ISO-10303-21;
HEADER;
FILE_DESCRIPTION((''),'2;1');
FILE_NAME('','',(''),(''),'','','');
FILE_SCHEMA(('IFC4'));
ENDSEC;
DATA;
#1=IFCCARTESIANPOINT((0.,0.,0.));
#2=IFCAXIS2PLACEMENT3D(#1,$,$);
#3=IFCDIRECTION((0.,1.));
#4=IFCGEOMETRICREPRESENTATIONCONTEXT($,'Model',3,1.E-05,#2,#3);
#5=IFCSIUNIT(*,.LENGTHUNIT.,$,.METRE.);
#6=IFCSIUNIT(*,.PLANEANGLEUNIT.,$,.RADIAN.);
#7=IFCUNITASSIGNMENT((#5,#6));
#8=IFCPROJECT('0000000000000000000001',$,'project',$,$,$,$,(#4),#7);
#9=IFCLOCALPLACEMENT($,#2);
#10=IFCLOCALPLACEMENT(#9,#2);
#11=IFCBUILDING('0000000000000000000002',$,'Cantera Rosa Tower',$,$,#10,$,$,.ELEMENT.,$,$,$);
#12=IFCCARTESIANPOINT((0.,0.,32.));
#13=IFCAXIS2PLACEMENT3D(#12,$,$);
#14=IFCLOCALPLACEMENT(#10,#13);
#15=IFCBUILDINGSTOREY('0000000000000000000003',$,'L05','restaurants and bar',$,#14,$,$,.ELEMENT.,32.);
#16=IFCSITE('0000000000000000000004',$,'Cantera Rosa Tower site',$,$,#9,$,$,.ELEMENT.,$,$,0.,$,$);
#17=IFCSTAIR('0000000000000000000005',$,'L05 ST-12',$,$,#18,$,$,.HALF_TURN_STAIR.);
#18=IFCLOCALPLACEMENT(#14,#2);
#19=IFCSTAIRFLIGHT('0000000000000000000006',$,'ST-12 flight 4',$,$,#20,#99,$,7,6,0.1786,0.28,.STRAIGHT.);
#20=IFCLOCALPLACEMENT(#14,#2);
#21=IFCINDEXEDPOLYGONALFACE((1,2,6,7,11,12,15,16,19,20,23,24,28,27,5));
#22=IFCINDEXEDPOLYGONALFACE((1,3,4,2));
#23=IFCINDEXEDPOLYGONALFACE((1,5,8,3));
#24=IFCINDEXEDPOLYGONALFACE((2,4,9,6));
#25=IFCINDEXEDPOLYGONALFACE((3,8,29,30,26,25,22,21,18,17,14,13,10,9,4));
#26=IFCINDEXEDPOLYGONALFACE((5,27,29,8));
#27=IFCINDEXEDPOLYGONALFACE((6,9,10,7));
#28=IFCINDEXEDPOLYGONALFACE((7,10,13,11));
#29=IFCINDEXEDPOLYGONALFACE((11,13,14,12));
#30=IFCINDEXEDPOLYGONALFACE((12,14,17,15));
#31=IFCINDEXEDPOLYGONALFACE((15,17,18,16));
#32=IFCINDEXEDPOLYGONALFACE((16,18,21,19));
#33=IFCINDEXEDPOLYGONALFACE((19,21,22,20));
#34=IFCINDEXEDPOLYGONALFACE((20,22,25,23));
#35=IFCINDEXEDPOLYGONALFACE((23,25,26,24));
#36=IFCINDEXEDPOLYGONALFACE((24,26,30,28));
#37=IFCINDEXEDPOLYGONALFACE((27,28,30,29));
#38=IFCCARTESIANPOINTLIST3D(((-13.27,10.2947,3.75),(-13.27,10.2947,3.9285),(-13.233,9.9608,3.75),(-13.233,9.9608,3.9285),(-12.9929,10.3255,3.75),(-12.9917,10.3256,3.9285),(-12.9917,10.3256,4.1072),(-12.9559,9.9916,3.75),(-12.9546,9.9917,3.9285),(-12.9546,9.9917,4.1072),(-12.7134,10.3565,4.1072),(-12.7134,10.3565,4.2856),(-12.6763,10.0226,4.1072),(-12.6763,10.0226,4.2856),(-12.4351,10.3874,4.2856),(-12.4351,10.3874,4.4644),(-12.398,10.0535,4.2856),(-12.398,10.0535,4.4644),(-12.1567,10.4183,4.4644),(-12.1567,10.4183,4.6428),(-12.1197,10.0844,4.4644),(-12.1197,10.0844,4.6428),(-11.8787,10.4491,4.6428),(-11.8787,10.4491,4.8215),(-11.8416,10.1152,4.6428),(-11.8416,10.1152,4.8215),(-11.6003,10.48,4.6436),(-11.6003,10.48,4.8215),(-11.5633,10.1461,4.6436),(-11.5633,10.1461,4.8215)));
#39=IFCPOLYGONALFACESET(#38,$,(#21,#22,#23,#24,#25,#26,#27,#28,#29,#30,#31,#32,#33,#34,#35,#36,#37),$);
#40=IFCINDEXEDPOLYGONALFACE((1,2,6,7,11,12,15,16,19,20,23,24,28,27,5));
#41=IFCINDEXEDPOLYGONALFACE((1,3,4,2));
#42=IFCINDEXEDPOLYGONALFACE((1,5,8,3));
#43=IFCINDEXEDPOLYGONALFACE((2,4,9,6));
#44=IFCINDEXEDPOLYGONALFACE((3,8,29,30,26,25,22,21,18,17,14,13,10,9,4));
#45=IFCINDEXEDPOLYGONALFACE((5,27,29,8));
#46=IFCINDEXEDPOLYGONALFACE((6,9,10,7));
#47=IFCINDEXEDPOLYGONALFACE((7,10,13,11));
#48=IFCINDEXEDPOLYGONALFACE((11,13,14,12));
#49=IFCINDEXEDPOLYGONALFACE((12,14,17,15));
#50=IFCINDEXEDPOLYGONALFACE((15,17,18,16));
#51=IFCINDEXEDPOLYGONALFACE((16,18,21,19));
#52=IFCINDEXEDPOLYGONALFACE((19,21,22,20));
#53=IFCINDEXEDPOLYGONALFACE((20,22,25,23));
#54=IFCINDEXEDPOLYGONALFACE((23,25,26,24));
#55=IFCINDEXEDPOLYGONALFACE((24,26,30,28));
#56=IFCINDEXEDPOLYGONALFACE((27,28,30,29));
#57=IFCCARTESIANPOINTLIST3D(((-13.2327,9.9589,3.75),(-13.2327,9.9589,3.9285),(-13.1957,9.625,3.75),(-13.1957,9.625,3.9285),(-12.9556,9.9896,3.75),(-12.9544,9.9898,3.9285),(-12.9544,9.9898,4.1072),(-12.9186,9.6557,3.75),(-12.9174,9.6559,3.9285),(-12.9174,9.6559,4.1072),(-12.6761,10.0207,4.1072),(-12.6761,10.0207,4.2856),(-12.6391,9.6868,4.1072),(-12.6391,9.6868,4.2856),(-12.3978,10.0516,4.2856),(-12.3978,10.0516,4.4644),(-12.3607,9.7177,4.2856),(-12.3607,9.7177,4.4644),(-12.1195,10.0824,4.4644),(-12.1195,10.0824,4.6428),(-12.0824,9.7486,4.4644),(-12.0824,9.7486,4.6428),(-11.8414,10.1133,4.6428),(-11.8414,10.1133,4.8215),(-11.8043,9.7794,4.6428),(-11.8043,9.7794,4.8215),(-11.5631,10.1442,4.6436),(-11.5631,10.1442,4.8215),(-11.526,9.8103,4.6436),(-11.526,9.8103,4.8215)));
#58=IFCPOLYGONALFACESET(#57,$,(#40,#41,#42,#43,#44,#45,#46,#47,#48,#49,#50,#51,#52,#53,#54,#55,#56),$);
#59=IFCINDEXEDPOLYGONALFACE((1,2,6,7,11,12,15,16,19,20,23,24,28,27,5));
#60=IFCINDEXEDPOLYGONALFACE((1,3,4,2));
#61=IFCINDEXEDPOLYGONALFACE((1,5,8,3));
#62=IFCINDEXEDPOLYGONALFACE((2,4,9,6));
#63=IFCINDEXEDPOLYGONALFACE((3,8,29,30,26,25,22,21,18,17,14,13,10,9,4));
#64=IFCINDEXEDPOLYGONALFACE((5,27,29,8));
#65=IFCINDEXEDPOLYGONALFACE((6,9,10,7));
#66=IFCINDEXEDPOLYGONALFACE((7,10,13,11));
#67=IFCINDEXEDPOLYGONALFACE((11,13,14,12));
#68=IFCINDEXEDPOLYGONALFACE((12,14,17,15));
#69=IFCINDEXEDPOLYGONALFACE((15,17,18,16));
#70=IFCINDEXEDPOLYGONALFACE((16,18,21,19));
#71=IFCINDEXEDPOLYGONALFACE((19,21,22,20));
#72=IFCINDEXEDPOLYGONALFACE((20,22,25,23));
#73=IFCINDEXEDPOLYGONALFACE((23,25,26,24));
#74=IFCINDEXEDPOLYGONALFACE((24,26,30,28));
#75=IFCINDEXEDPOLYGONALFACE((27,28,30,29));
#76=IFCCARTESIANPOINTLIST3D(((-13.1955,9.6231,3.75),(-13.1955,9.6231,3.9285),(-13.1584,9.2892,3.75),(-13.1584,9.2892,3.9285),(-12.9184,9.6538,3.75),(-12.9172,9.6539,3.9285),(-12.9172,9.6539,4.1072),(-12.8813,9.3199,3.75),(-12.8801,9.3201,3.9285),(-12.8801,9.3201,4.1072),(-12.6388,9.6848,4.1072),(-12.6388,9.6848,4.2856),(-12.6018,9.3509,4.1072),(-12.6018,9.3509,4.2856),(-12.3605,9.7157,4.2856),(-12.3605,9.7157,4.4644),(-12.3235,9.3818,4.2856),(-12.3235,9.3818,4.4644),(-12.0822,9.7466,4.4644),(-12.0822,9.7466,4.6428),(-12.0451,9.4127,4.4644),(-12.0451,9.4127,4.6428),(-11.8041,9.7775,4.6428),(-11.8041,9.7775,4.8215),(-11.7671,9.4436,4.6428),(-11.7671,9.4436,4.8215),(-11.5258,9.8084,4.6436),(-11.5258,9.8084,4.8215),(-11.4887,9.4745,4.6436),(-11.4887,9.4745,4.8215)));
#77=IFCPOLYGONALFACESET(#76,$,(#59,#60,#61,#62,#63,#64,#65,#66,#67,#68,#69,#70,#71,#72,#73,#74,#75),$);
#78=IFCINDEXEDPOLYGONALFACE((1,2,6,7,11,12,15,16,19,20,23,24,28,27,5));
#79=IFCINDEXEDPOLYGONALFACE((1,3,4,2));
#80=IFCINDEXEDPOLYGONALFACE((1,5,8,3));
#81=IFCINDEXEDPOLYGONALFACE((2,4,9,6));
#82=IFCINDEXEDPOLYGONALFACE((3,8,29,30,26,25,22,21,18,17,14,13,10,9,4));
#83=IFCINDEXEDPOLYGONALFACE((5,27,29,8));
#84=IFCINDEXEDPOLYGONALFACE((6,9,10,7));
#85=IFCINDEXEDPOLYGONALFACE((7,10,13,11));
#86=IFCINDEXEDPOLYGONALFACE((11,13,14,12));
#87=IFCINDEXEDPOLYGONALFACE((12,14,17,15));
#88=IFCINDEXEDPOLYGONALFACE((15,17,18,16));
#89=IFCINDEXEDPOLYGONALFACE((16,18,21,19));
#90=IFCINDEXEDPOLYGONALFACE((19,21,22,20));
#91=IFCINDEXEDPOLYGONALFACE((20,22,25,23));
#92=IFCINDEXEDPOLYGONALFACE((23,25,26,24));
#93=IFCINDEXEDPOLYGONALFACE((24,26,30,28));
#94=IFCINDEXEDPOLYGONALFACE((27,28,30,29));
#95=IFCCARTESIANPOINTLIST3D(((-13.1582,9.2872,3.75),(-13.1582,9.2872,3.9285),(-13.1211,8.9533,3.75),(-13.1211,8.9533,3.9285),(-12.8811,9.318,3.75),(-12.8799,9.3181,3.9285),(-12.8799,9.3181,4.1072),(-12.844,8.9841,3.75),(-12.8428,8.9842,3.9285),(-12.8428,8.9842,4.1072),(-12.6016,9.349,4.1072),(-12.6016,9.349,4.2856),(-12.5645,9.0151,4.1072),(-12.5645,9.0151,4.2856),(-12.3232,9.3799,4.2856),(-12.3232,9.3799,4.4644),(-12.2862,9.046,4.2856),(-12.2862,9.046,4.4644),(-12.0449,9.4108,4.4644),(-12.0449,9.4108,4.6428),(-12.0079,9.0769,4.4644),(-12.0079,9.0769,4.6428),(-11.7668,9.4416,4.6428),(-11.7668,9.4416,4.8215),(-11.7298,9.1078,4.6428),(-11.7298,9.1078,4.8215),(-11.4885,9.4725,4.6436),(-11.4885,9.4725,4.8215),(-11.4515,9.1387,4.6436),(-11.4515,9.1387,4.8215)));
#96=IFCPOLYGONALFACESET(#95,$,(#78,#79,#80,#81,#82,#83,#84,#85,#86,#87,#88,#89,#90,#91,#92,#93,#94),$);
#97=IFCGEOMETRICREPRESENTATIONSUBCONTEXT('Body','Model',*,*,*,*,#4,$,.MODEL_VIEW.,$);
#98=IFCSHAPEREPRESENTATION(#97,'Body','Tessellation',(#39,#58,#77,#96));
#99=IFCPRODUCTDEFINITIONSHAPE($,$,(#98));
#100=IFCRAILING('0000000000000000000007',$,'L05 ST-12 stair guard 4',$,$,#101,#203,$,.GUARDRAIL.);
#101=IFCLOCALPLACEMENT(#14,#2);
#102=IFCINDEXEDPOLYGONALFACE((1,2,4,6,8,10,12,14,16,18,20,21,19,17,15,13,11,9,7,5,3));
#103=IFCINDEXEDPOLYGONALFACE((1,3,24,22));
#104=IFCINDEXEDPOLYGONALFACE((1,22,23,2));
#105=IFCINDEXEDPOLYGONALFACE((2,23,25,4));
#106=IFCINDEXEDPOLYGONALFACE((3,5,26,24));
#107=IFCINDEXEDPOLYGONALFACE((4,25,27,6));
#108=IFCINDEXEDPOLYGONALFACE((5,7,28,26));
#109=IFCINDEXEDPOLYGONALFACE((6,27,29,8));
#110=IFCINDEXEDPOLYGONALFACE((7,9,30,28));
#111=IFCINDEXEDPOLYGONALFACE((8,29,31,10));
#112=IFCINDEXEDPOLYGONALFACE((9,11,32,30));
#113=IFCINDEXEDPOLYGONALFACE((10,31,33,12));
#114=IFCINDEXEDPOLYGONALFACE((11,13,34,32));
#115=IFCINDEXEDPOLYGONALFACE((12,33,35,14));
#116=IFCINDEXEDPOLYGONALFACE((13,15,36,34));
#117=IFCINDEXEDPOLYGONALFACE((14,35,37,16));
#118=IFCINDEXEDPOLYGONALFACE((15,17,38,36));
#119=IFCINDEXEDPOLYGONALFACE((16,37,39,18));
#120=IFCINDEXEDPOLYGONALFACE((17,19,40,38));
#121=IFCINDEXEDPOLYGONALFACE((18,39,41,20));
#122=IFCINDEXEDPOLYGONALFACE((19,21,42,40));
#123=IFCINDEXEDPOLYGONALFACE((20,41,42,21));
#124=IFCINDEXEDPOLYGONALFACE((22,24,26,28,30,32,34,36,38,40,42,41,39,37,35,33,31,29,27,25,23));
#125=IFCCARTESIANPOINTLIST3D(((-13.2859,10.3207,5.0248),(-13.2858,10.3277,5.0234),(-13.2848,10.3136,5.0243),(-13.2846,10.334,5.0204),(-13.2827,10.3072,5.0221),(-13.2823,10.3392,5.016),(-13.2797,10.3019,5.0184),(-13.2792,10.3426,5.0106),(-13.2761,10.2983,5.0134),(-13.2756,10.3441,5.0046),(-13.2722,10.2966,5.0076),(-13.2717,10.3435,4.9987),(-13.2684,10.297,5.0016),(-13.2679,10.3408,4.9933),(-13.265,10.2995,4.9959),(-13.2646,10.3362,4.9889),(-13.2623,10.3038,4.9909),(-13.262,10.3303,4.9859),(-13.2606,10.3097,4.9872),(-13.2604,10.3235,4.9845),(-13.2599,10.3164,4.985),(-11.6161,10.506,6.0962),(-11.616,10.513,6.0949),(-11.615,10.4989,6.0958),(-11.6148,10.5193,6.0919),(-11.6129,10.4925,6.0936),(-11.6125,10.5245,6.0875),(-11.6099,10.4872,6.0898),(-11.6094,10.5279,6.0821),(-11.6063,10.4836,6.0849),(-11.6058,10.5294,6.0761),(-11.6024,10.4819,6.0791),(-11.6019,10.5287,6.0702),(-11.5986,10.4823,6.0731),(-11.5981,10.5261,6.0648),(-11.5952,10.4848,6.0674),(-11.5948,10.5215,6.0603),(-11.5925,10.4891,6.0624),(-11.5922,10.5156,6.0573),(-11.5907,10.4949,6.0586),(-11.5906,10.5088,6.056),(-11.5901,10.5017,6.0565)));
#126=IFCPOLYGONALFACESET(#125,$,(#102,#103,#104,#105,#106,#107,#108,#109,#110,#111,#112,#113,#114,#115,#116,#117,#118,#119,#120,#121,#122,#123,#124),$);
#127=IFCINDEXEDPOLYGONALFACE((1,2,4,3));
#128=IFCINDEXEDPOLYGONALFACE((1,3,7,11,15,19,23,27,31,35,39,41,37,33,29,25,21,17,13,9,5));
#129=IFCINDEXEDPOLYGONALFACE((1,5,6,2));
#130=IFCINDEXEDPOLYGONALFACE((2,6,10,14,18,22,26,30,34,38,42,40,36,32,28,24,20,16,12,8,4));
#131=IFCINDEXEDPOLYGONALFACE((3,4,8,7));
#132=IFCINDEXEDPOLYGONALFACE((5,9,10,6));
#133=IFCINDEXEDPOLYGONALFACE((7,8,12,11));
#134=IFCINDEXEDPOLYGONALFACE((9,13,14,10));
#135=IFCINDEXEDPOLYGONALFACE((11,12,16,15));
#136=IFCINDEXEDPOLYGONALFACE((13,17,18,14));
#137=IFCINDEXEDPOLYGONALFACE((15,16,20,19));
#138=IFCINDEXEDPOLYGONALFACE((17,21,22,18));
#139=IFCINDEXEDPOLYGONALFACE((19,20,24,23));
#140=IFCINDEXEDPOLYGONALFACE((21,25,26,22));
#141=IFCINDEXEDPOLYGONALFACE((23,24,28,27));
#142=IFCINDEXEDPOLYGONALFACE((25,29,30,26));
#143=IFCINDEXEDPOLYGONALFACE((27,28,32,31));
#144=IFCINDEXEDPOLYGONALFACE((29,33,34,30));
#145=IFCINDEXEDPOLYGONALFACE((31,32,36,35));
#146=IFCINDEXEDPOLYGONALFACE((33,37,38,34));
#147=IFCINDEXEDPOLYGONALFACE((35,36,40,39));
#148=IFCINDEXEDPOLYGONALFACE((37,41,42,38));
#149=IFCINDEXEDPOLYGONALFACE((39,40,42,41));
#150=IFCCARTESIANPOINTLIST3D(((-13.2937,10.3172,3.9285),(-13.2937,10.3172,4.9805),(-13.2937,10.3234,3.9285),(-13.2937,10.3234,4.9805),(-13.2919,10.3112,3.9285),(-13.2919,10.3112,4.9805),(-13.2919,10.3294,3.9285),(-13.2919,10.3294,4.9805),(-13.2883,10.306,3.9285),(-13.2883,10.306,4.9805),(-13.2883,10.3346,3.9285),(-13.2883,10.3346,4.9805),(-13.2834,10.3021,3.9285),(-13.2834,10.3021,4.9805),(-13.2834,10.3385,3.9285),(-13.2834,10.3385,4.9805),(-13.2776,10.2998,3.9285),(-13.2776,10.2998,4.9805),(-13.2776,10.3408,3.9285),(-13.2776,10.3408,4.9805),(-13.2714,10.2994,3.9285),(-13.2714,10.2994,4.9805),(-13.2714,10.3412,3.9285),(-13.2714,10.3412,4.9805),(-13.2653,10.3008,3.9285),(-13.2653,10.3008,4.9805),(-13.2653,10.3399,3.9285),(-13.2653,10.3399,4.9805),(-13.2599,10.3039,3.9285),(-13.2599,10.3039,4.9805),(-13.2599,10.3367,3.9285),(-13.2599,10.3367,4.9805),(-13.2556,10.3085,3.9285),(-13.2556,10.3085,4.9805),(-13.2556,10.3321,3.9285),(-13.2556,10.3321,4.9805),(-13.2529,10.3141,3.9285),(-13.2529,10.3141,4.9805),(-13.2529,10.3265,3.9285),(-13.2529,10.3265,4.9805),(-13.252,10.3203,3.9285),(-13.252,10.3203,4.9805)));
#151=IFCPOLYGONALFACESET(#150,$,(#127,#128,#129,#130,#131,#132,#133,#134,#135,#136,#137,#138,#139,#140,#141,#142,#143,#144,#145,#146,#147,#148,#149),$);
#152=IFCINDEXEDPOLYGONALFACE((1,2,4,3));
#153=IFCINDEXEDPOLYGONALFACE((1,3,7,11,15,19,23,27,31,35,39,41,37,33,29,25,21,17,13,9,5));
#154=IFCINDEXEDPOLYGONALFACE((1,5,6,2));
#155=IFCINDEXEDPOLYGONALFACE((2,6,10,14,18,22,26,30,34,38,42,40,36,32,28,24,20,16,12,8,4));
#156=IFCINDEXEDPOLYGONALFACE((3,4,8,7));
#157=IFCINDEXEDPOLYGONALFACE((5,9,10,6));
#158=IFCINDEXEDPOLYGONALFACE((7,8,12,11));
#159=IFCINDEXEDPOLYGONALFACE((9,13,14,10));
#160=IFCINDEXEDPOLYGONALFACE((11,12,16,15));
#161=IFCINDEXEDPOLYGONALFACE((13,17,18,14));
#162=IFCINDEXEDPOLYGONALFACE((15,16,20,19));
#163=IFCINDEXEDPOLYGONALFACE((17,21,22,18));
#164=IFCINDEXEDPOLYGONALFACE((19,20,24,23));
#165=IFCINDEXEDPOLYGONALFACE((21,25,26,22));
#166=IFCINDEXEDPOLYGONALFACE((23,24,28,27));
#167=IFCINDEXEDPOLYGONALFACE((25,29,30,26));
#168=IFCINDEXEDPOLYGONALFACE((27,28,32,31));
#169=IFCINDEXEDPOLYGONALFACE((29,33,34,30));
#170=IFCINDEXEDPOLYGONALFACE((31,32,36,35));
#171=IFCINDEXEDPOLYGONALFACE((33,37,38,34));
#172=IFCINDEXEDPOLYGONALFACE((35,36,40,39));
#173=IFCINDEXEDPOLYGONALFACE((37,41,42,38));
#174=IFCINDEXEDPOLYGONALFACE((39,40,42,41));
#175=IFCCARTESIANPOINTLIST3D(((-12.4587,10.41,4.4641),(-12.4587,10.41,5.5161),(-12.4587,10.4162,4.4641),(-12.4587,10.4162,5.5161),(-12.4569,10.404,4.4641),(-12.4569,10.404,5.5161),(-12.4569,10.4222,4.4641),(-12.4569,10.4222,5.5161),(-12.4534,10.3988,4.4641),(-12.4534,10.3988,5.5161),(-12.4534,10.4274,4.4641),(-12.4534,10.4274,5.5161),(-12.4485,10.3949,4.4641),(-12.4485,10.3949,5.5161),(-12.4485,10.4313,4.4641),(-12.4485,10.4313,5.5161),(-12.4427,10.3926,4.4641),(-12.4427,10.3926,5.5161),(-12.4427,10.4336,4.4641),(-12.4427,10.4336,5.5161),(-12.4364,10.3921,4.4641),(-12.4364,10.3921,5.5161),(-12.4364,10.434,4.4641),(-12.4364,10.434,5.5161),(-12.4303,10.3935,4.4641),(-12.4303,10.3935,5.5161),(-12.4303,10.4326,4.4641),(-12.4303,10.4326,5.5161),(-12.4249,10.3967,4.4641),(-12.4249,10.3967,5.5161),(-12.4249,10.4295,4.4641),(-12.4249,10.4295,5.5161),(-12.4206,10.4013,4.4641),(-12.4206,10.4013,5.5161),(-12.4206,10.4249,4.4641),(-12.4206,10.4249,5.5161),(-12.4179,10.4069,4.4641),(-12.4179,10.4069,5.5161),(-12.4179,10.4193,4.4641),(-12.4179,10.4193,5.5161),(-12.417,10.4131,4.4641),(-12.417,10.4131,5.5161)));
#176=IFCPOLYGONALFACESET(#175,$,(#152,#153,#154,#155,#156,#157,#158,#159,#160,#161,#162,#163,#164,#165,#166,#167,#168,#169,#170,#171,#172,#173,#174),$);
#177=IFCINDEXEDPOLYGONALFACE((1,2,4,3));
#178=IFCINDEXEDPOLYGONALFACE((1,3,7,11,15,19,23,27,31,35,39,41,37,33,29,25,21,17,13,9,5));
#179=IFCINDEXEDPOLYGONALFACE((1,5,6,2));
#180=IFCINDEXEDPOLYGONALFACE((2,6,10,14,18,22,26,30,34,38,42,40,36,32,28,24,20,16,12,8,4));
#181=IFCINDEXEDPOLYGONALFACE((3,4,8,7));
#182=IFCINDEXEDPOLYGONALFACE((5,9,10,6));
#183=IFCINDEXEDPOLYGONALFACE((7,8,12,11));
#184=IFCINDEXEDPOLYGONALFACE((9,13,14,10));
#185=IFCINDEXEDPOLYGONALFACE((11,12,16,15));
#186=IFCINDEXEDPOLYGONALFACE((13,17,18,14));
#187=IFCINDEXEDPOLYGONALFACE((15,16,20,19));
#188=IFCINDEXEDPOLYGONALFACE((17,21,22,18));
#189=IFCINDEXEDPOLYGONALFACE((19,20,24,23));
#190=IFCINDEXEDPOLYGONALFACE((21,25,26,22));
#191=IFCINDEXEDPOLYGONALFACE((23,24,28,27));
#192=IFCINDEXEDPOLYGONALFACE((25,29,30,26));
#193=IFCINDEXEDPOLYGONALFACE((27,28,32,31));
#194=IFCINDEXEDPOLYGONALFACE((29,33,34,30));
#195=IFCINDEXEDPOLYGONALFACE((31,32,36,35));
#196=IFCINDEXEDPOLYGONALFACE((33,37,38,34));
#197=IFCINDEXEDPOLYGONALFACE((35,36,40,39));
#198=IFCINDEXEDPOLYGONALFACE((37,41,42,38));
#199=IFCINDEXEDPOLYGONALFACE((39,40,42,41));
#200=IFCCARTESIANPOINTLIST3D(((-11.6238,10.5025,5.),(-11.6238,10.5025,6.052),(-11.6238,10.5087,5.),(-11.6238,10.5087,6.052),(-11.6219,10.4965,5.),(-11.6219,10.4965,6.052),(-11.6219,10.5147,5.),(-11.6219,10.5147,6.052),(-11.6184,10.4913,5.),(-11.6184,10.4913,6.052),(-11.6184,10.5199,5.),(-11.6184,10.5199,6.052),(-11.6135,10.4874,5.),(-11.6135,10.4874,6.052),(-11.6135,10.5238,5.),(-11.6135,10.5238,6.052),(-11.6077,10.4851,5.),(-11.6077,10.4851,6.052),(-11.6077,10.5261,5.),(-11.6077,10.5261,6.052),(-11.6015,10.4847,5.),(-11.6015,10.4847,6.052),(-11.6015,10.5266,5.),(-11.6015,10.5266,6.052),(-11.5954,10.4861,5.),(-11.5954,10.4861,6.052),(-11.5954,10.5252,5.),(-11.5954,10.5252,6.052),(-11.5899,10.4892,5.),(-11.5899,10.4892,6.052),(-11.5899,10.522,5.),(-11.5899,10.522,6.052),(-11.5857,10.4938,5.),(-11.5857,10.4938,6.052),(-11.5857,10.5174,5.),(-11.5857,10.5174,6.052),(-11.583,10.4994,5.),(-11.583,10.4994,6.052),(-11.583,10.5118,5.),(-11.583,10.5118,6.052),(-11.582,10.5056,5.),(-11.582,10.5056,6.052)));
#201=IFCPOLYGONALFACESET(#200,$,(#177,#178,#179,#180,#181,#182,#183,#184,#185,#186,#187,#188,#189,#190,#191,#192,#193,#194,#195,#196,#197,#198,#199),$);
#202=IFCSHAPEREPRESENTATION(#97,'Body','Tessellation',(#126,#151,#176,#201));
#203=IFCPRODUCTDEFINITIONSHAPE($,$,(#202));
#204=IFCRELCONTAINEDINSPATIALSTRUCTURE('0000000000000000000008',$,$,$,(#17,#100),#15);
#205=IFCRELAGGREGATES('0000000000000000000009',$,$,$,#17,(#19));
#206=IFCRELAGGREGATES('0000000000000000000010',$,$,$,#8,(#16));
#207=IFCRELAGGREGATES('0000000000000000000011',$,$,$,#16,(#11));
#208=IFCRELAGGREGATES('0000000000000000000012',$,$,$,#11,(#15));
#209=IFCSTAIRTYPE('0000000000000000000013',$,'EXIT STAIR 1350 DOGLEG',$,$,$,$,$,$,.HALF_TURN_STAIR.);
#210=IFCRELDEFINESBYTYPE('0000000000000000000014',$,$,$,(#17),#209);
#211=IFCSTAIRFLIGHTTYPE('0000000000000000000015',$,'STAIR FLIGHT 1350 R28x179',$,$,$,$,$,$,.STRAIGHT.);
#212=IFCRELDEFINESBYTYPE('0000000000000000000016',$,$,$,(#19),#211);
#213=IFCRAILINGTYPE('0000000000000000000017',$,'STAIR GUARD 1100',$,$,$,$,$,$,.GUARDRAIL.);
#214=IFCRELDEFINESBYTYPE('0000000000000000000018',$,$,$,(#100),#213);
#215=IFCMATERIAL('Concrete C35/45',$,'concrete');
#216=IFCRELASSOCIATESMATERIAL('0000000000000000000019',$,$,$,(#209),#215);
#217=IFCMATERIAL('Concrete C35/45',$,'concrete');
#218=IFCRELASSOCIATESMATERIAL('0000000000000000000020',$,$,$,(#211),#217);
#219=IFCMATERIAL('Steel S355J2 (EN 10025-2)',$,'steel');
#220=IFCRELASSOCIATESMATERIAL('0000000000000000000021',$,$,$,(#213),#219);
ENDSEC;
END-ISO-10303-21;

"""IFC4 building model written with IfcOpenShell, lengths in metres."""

from ifc_helpers import new_model, si_unit, direction, frame, origin, origin_2d, place, context, subcontext, project, spatial, polyline, circle, outline, extrude, material, type_object, element, aggregate, save


model = new_model("IFC4")

# Units and contexts
model_context = context("Model", 3, precision=1e-05, world=origin(), true_north=direction((0.0, 1.0)))
body_context = subcontext(model_context, "Body", "Model", "MODEL_VIEW")
ifc_project = project(units=[si_unit("LENGTHUNIT", "METRE"), si_unit("PLANEANGLEUNIT", "RADIAN")], contexts=[model_context])

# Site, building, storey
site_placement = place(None, origin())
site = spatial("IfcSite", under=ifc_project, at=site_placement, Name="Cantera Rosa Tower site", CompositionType="ELEMENT", RefElevation=0.0)
building_placement = place(site_placement, origin())
building = spatial("IfcBuilding", under=site, at=building_placement, Name="Cantera Rosa Tower", CompositionType="ELEMENT")
storey_placement = place(building_placement, frame((0.0, 0.0, 32.0)))
storey = spatial("IfcBuildingStorey", under=building, at=storey_placement, Name="L05", Description="restaurants and bar", CompositionType="ELEMENT", Elevation=32.0)

# Stair, stair flight
ifc_material_1 = material(Name="Concrete C35/45", Category="concrete")
stair_type = type_object("IfcStairType", Name="EXIT STAIR 1350 DOGLEG", PredefinedType="HALF_TURN_STAIR", material=ifc_material_1)
stair_placement = place(storey_placement, origin())
stair = element("IfcStair", 1, at=stair_placement, inside=storey, type_object=stair_type, Name="L05 ST-12", PredefinedType="HALF_TURN_STAIR")
ifc_material_2 = material(Name="Concrete C35/45", Category="concrete")
stair_flight_type = type_object("IfcStairFlightType", Name="STAIR FLIGHT 1350 R28x179", PredefinedType="STRAIGHT", material=ifc_material_2)
stair_flight_1_placement = place(storey_placement, frame((-13.1956, 9.6238, 3.75), z_axis=(0.0, 0.0, 1.0), x_axis=(0.993897, 0.110313, 0.0)))
stair_flight_1 = element("IfcStairFlight", 2, at=stair_flight_1_placement, type_object=stair_flight_type, Name="ST-12 flight 4", NumberOfRisers=7, NumberOfTreads=6, PredefinedType="STRAIGHT", RiserHeight=0.1786, TreadLength=0.28, context=body_context, shape_type="SweptSolid", body=[
    extrude(outline(polyline([(0.0, 0.0), (0.0, 0.1785), (0.28, 0.1785), (0.28, 0.3572), (0.5601, 0.3572), (0.5601, 0.5356), (0.8401, 0.5356), (0.8401, 0.7144), (1.1201, 0.7144), (1.1201, 0.8928), (1.3999, 0.8928), (1.3999, 1.0715), (1.6799, 1.0715), (1.6799, 1.25), (1.6799, 0.8936), (0.2788, 0.0), (0.0, 0.0)])), frame((0.0, 0.675, 0.0), z_axis=(0.0, -1.0, 0.0), x_axis=(1.0, 0.0, 0.0)), (0.0, 0.0, 1.0), 0.3359),
    extrude(outline(polyline([(0.0, 0.0), (0.0, 0.1785), (0.28, 0.1785), (0.28, 0.3572), (0.5601, 0.3572), (0.5601, 0.5356), (0.8401, 0.5356), (0.8401, 0.7144), (1.1201, 0.7144), (1.1201, 0.8928), (1.3999, 0.8928), (1.3999, 1.0715), (1.6799, 1.0715), (1.6799, 1.25), (1.6799, 0.8936), (0.2788, 0.0), (0.0, 0.0)])), frame((0.0, 0.3372, 0.0), z_axis=(0.0, -1.0, 0.0), x_axis=(1.0, 0.0, 0.0)), (0.0, 0.0, 1.0), 0.3359),
    extrude(outline(polyline([(0.0, 0.0), (0.0, 0.1785), (0.28, 0.1785), (0.28, 0.3572), (0.5601, 0.3572), (0.5601, 0.5356), (0.8401, 0.5356), (0.8401, 0.7144), (1.1201, 0.7144), (1.1201, 0.8928), (1.3999, 0.8928), (1.3999, 1.0715), (1.6799, 1.0715), (1.6799, 1.25), (1.6799, 0.8936), (0.2788, 0.0), (0.0, 0.0)])), frame((0.0, -0.0007, 0.0), z_axis=(0.0, -1.0, 0.0), x_axis=(1.0, 0.0, 0.0)), (0.0, 0.0, 1.0), 0.3359),
    extrude(outline(polyline([(0.0, 0.0), (0.0, 0.1785), (0.28, 0.1785), (0.28, 0.3572), (0.5601, 0.3572), (0.5601, 0.5356), (0.8401, 0.5356), (0.8401, 0.7144), (1.1201, 0.7144), (1.1201, 0.8928), (1.3999, 0.8928), (1.3999, 1.0715), (1.6799, 1.0715), (1.6799, 1.25), (1.6799, 0.8936), (0.2788, 0.0), (0.0, 0.0)])), frame((0.0, -0.3386, 0.0), z_axis=(0.0, -1.0, 0.0), x_axis=(1.0, 0.0, 0.0)), (0.0, 0.0, 1.0), 0.3359),
])
aggregate(stair, [stair_flight_1])

# Railing
ifc_material_3 = material(Name="Steel S355J2 (EN 10025-2)", Category="steel")
railing_type_1 = type_object("IfcRailingType", Name="STAIR GUARD 1100", PredefinedType="GUARDRAIL", material=ifc_material_3)
railing_1_placement = place(storey_placement, frame((-13.2729, 10.3203, 3.9285)))
element("IfcRailing", 3, at=railing_1_placement, inside=storey, type_object=railing_type_1, Name="L05 ST-12 stair guard 4", PredefinedType="GUARDRAIL", context=body_context, shape_type="SweptSolid", body=[
    extrude(circle(Radius=0.0239, at=origin_2d()), frame((0.0, 0.0, 1.0762), z_axis=(0.837987, 0.092987, 0.537709), x_axis=(-0.110288, 0.9939, 0.0)), (0.0, 0.0, 1.0), 1.9927),
    extrude(circle(Radius=0.021, at=origin_2d()), origin(), (0.0, 0.0, 1.0), 1.052),
    extrude(circle(Radius=0.021, at=origin_2d()), frame((0.835, 0.0928, 0.5356)), (0.0, 0.0, 1.0), 1.052),
    extrude(circle(Radius=0.021, at=origin_2d()), frame((1.6699, 0.1853, 1.0715)), (0.0, 0.0, 1.0), 1.052),
])

save(model, "model.ifc")
